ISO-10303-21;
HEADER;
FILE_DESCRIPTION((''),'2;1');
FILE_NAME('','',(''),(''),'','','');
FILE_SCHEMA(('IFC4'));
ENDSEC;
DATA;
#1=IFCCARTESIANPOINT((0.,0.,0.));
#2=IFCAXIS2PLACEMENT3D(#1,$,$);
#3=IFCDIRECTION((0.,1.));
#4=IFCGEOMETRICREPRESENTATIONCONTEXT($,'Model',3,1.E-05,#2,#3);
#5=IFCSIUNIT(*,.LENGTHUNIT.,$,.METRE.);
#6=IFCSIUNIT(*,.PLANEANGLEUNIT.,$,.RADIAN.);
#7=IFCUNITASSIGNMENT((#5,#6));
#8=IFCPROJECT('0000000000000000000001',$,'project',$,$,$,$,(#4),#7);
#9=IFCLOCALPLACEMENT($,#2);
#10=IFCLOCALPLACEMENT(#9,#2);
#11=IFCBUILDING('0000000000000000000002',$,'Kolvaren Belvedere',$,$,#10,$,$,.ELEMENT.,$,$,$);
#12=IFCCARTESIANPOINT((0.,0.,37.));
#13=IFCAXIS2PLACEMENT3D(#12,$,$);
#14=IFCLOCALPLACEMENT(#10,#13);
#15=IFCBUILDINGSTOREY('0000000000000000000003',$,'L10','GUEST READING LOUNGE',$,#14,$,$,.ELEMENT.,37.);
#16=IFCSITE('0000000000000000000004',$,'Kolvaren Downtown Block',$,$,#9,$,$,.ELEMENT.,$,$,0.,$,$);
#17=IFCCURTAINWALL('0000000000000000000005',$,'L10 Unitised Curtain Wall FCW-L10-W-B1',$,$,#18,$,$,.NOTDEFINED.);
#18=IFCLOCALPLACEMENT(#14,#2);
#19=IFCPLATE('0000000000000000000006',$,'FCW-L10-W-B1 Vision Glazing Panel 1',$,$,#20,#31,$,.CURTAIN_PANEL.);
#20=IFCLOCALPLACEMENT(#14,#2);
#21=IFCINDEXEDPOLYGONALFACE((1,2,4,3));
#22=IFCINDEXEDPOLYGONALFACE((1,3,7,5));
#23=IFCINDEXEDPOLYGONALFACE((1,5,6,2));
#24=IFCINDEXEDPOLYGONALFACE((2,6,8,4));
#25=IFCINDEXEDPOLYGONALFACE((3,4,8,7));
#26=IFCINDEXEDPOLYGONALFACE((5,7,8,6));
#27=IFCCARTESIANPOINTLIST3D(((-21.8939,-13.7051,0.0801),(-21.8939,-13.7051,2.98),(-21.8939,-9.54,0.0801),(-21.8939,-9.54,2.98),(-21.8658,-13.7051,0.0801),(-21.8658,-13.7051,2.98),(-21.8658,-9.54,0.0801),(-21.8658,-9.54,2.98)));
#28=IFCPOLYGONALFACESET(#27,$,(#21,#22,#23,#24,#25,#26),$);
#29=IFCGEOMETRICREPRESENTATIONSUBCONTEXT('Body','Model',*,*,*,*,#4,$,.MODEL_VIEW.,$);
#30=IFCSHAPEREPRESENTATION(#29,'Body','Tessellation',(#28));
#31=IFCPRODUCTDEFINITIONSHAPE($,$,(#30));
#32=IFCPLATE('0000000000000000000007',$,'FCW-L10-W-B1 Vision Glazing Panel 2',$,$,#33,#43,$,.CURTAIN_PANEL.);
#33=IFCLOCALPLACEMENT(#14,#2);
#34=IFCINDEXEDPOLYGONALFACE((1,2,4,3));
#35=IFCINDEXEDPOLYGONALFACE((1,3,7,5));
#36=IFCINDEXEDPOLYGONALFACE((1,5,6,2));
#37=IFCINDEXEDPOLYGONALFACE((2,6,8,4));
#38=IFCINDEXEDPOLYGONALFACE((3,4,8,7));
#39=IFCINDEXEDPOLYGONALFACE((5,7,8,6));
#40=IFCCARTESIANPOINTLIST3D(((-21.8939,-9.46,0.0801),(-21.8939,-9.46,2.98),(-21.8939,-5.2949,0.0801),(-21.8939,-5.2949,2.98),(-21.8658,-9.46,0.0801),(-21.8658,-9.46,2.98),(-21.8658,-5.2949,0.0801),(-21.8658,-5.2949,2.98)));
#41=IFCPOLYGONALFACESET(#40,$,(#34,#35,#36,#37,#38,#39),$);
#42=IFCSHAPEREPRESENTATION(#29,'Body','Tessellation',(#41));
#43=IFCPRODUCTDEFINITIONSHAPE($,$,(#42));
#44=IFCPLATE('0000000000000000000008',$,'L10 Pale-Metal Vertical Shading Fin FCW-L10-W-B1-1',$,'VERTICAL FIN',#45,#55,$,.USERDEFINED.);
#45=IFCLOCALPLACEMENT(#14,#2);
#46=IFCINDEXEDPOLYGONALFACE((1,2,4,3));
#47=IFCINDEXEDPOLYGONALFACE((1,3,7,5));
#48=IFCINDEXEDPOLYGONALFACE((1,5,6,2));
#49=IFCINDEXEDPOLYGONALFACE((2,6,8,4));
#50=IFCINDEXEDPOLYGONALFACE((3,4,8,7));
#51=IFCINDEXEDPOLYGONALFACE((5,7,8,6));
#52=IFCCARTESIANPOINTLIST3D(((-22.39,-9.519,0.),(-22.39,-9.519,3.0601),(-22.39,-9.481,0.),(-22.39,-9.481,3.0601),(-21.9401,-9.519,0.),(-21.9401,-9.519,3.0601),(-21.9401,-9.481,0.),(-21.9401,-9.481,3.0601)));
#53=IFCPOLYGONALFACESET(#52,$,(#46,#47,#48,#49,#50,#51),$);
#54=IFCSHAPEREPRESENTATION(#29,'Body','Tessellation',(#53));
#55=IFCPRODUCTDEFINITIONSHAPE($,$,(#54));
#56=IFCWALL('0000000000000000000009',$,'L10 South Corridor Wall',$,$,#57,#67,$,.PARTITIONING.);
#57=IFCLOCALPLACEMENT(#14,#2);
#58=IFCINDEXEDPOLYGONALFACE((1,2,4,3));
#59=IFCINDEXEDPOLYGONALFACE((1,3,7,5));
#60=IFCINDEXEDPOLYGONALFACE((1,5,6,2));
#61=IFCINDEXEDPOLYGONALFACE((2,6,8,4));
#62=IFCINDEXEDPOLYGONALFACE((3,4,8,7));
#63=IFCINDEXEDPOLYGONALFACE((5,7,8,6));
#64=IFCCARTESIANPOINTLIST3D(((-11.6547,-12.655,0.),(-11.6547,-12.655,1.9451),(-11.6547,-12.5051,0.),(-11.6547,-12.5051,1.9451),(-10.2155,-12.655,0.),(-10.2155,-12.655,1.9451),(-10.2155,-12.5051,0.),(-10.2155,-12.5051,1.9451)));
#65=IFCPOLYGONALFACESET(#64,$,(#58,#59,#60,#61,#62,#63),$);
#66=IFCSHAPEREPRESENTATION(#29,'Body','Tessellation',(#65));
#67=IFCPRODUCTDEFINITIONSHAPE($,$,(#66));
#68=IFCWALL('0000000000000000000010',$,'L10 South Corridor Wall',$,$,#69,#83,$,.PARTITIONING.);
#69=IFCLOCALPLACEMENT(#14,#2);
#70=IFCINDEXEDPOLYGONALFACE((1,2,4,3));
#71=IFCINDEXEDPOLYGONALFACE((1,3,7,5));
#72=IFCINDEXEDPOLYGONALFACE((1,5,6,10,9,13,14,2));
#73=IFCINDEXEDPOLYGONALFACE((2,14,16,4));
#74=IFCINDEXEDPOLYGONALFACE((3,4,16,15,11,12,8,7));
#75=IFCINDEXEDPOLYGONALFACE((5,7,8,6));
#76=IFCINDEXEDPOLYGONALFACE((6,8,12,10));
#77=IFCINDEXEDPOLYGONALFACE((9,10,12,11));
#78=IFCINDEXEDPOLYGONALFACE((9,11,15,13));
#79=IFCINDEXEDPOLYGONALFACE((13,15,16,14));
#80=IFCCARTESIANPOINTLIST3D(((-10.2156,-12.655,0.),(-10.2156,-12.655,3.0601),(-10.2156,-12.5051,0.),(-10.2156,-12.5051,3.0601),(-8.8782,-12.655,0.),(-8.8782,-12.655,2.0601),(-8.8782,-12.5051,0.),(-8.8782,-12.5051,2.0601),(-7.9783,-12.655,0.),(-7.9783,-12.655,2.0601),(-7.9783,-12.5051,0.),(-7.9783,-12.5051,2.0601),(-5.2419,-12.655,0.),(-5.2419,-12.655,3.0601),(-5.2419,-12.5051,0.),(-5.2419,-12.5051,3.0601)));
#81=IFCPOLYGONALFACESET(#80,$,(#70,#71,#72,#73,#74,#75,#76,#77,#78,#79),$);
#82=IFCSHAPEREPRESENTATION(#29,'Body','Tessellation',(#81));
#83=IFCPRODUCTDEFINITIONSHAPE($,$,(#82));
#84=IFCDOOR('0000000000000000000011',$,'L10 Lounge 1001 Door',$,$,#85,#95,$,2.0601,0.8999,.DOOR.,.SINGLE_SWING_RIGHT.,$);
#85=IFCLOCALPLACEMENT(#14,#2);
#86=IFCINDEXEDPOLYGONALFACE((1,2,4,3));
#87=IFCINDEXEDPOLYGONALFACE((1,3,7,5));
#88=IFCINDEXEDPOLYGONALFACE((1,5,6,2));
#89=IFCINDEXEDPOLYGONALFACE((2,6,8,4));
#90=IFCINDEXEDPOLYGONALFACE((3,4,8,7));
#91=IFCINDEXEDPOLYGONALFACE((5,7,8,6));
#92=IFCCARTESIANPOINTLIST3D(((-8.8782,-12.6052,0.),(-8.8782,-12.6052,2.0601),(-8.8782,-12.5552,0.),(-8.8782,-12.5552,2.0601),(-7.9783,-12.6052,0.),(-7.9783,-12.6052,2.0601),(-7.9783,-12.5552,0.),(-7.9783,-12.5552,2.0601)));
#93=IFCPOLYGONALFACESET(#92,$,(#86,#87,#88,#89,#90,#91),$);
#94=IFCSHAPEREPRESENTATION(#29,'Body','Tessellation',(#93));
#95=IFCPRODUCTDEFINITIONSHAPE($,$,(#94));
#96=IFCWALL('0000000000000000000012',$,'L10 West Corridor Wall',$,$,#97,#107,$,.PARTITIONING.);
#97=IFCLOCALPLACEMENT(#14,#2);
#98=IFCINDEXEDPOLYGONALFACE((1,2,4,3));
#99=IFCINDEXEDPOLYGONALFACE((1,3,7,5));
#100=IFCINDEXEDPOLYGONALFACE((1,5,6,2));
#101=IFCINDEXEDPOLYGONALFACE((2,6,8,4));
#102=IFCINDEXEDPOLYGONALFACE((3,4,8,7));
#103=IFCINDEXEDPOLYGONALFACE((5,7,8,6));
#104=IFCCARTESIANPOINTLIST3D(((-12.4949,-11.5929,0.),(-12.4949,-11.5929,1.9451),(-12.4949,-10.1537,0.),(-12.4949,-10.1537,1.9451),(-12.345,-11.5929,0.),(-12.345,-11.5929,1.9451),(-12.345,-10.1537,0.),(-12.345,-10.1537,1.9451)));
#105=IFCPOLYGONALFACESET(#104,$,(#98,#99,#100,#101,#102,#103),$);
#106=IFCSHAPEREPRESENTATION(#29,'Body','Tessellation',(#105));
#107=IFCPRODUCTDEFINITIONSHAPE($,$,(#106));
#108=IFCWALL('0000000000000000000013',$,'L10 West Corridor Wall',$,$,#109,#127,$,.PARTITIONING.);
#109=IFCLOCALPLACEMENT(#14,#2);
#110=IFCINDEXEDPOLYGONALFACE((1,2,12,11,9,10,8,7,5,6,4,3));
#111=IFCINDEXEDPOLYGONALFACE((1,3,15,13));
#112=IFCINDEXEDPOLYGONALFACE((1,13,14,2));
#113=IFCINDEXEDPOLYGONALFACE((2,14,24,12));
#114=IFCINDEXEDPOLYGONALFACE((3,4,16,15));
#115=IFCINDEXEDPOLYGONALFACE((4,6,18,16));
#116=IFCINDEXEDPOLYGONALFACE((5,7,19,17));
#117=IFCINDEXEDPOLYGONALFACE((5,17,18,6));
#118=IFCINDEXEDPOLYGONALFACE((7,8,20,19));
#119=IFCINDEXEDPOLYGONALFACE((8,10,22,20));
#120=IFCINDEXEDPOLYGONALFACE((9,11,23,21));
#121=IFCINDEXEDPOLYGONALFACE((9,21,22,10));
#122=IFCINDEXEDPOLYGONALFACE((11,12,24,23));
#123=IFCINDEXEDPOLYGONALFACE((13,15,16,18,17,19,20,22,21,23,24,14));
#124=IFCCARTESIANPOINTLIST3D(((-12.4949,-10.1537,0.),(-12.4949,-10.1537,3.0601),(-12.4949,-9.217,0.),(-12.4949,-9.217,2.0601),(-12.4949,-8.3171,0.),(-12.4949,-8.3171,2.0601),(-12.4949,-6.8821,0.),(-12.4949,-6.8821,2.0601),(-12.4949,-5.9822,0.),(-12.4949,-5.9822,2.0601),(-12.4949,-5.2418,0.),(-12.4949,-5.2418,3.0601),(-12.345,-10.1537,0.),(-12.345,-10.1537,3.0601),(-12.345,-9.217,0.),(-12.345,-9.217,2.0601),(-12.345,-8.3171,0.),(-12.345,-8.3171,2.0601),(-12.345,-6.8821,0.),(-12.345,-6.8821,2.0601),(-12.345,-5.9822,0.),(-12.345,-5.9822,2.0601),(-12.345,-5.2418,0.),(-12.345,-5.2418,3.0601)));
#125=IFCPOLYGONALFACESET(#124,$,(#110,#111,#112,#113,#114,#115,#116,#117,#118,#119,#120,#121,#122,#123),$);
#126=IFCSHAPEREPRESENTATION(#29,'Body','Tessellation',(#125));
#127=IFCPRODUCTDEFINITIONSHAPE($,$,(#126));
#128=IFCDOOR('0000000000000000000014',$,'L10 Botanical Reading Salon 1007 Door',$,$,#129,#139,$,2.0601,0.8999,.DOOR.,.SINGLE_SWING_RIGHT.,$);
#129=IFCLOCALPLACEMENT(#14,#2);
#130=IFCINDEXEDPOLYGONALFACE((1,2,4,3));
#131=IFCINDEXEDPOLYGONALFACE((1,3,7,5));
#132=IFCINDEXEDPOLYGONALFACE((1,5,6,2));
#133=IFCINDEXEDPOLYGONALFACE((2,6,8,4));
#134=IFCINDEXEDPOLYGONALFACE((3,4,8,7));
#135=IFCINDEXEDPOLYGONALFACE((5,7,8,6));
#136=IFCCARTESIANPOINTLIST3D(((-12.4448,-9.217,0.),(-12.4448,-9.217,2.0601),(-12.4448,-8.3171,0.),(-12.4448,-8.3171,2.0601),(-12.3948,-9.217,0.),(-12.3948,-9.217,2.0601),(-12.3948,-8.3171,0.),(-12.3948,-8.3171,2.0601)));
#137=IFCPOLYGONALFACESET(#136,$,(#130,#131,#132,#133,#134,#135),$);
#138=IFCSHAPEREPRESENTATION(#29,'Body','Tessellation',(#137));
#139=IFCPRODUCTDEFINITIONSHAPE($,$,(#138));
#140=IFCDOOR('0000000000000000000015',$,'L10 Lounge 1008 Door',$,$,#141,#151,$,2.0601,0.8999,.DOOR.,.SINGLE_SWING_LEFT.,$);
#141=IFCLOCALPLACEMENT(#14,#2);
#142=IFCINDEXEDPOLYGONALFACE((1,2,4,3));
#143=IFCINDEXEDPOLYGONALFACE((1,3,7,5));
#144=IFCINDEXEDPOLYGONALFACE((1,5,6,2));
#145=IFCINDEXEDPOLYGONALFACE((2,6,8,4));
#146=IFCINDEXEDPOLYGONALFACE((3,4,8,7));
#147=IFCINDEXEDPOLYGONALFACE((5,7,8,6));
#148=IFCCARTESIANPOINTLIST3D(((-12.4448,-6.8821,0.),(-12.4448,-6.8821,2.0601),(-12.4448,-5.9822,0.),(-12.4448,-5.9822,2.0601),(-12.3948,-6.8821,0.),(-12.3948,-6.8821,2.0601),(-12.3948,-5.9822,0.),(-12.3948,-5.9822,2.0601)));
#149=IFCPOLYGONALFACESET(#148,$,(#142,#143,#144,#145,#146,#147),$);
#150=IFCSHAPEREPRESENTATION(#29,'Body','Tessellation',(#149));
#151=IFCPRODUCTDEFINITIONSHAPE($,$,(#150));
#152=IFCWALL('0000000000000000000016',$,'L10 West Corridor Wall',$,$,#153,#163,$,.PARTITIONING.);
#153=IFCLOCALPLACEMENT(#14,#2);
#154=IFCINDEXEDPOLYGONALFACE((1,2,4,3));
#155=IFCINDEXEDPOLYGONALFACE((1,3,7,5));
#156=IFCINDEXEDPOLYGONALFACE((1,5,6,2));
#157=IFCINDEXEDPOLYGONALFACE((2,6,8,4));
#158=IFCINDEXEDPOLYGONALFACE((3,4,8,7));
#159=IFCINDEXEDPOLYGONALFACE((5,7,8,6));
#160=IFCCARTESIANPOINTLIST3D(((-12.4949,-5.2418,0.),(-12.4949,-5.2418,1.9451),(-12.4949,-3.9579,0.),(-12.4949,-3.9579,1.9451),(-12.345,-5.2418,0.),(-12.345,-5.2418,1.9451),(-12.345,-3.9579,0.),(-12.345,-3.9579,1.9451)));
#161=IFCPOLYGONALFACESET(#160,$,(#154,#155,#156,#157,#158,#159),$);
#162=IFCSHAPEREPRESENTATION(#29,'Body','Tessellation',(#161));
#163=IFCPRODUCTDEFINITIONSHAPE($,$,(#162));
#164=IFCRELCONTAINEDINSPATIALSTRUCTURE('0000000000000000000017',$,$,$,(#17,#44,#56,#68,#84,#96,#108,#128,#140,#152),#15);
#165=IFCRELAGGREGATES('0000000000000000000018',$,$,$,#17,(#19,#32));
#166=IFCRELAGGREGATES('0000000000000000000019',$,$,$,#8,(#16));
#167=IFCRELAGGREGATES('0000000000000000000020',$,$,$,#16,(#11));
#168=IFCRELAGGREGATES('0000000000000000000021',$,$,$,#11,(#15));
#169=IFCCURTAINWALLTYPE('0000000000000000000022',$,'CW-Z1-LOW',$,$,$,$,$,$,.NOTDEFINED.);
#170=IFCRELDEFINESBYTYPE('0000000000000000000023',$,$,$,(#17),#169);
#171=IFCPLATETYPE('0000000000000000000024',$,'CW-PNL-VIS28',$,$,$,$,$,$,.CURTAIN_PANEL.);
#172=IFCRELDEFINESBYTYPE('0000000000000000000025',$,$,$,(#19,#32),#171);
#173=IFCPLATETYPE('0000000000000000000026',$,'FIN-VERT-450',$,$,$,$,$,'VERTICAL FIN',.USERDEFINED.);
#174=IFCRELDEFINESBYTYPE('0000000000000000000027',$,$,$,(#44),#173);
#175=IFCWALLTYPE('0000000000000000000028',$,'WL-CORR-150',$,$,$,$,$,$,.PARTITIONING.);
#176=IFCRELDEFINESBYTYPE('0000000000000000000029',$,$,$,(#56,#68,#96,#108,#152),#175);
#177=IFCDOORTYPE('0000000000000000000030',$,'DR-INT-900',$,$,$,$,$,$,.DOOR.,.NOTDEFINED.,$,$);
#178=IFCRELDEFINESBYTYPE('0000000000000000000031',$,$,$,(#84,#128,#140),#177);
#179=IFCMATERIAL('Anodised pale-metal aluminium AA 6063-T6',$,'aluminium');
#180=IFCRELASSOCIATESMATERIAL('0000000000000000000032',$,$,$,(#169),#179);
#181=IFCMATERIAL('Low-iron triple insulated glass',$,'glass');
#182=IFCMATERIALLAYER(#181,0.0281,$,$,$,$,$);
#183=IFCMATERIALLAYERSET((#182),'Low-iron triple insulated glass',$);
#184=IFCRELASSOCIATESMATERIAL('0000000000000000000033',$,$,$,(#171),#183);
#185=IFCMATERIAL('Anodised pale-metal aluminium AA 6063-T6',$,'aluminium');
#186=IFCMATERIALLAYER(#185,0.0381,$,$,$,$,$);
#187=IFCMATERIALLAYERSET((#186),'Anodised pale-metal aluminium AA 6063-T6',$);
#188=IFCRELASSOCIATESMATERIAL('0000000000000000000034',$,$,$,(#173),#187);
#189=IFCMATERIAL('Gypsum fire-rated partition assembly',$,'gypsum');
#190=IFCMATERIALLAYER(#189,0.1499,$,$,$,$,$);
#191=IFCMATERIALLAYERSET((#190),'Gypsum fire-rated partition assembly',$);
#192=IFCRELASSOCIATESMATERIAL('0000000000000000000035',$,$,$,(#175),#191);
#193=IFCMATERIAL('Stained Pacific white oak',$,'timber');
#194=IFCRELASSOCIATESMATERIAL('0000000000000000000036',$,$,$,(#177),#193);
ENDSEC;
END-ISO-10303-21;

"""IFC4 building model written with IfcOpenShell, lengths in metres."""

from ifc_helpers import new_model, si_unit, direction, frame, frame_2d, origin, origin_2d, place, context, subcontext, project, spatial, rectangle, extrude, material, layer, layer_set, type_object, element, fill, aggregate, save


model = new_model("IFC4")

# Units and contexts
model_context = context("Model", 3, precision=1e-05, world=origin(), true_north=direction((0.0, 1.0)))
body_context = subcontext(model_context, "Body", "Model", "MODEL_VIEW")
ifc_project = project(units=[si_unit("LENGTHUNIT", "METRE"), si_unit("PLANEANGLEUNIT", "RADIAN")], contexts=[model_context])

# Site, building, storey
site_placement = place(None, origin())
site = spatial("IfcSite", under=ifc_project, at=site_placement, Name="Kolvaren Downtown Block", CompositionType="ELEMENT", RefElevation=0.0)
building_placement = place(site_placement, origin())
building = spatial("IfcBuilding", under=site, at=building_placement, Name="Kolvaren Belvedere", CompositionType="ELEMENT")
storey_placement = place(building_placement, frame((0.0, 0.0, 37.0)))
storey = spatial("IfcBuildingStorey", under=building, at=storey_placement, Name="L10", Description="GUEST READING LOUNGE", CompositionType="ELEMENT", Elevation=37.0)

# Curtain wall
ifc_material_1 = material(Name="Anodised pale-metal aluminium AA 6063-T6", Category="aluminium")
curtain_wall_type = type_object("IfcCurtainWallType", Name="CW-Z1-LOW", PredefinedType="NOTDEFINED", material=ifc_material_1)
curtain_wall_1_placement = place(storey_placement, origin())
curtain_wall_1 = element("IfcCurtainWall", 1, at=curtain_wall_1_placement, inside=storey, type_object=curtain_wall_type, Name="L10 Unitised Curtain Wall FCW-L10-W-B1", PredefinedType="NOTDEFINED")

# Plates
ifc_material_2 = material(Name="Low-iron triple insulated glass", Category="glass")
ifc_layer_1 = layer(ifc_material_2, 0.0281)
ifc_layer_set_1 = layer_set([ifc_layer_1], Name="Low-iron triple insulated glass")
plate_type_1 = type_object("IfcPlateType", Name="CW-PNL-VIS28", PredefinedType="CURTAIN_PANEL", material=ifc_layer_set_1)
plate_1_placement = place(storey_placement, frame((-21.8799, -11.6226, 0.0801), z_axis=(0.0, 0.0, 1.0), x_axis=(0.0, 1.0, 0.0)))
plate_1 = element("IfcPlate", 2, at=plate_1_placement, type_object=plate_type_1, Name="FCW-L10-W-B1 Vision Glazing Panel 1", PredefinedType="CURTAIN_PANEL", context=body_context, shape_type="SweptSolid", body=[
    extrude(rectangle(XDim=4.165, YDim=0.0281, at=origin_2d()), origin(), (0.0, 0.0, 1.0), 2.8999),
])
plate_2_placement = place(storey_placement, frame((-21.8799, -7.3774, 0.0801), z_axis=(0.0, 0.0, 1.0), x_axis=(0.0, 1.0, 0.0)))
plate_2 = element("IfcPlate", 3, at=plate_2_placement, type_object=plate_type_1, Name="FCW-L10-W-B1 Vision Glazing Panel 2", PredefinedType="CURTAIN_PANEL", context=body_context, shape_type="SweptSolid", body=[
    extrude(rectangle(XDim=4.165, YDim=0.0281, at=origin_2d()), origin(), (0.0, 0.0, 1.0), 2.8999),
])
aggregate(curtain_wall_1, [plate_1, plate_2])
ifc_material_3 = material(Name="Anodised pale-metal aluminium AA 6063-T6", Category="aluminium")
ifc_layer_2 = layer(ifc_material_3, 0.0381)
ifc_layer_set_2 = layer_set([ifc_layer_2], Name="Anodised pale-metal aluminium AA 6063-T6")
plate_type_2 = type_object("IfcPlateType", Name="FIN-VERT-450", ElementType="VERTICAL FIN", PredefinedType="USERDEFINED", material=ifc_layer_set_2)
plate_3_placement = place(storey_placement, frame((-22.165, -9.5, 0.0), z_axis=(0.0, 0.0, 1.0), x_axis=(1.0, 0.0, 0.0)))
element("IfcPlate", 4, at=plate_3_placement, inside=storey, type_object=plate_type_2, Name="L10 Pale-Metal Vertical Shading Fin FCW-L10-W-B1-1", ObjectType="VERTICAL FIN", PredefinedType="USERDEFINED", context=body_context, shape_type="SweptSolid", body=[
    extrude(rectangle(XDim=0.45, YDim=0.0381, at=origin_2d()), origin(), (0.0, 0.0, 1.0), 3.0601),
])

# Wall
ifc_material_4 = material(Name="Gypsum fire-rated partition assembly", Category="gypsum")
ifc_layer_3 = layer(ifc_material_4, 0.1499)
ifc_layer_set_3 = layer_set([ifc_layer_3], Name="Gypsum fire-rated partition assembly")
wall_type_1 = type_object("IfcWallType", Name="WL-CORR-150", PredefinedType="PARTITIONING", material=ifc_layer_set_3)
wall_1_placement = place(storey_placement, frame((-11.6548, -12.5801, 0.0), z_axis=(0.0, 0.0, 1.0), x_axis=(1.0, 0.0, 0.0)))
element("IfcWall", 5, at=wall_1_placement, inside=storey, type_object=wall_type_1, Name="L10 South Corridor Wall", PredefinedType="PARTITIONING", context=body_context, shape_type="SweptSolid", body=[
    extrude(rectangle(XDim=1.4392, YDim=0.1499, at=frame_2d((0.7197, 0.0))), origin(), (0.0, 0.0, 1.0), 1.9451),
])

# Wall, opening, door
wall_2_placement = place(storey_placement, frame((-10.2156, -12.5801, 0.0), z_axis=(0.0, 0.0, 1.0), x_axis=(1.0, 0.0, 0.0)))
wall_2 = element("IfcWall", 6, at=wall_2_placement, inside=storey, type_object=wall_type_1, Name="L10 South Corridor Wall", PredefinedType="PARTITIONING", context=body_context, shape_type="SweptSolid", body=[
    extrude(rectangle(XDim=4.9736, YDim=0.1499, at=frame_2d((2.4868, 0.0))), origin(), (0.0, 0.0, 1.0), 3.0601),
])
opening_1_placement = place(wall_2_placement, frame((1.3374, 0.0, 0.0)))
opening_1 = element("IfcOpeningElement", 7, at=opening_1_placement, cuts=wall_2, PredefinedType="OPENING", context=body_context, shape_type="SweptSolid", body=[
    extrude(rectangle(XDim=0.8999, YDim=2.0601, at=frame_2d((0.45, 1.03))), frame((0.0, 0.085, 0.0), z_axis=(0.0, -1.0, 0.0), x_axis=(1.0, 0.0, 0.0)), (0.0, 0.0, 1.0), 0.1699),
])
ifc_material_5 = material(Name="Stained Pacific white oak", Category="timber")
door_type_1 = type_object("IfcDoorType", Name="DR-INT-900", OperationType="NOTDEFINED", PredefinedType="DOOR", material=ifc_material_5)
door_1_placement = place(opening_1_placement, origin())
door_1 = element("IfcDoor", 8, at=door_1_placement, inside=storey, type_object=door_type_1, Name="L10 Lounge 1001 Door", OperationType="SINGLE_SWING_RIGHT", OverallHeight=2.0601, OverallWidth=0.8999, PredefinedType="DOOR", context=body_context, shape_type="SweptSolid", body=[
    extrude(rectangle(XDim=0.8999, YDim=2.0601, at=frame_2d((0.45, 1.03))), frame((0.0, 0.0249, 0.0), z_axis=(0.0, -1.0, 0.0), x_axis=(1.0, 0.0, 0.0)), (0.0, 0.0, 1.0), 0.05),
])
fill(opening_1, door_1)

# Wall
wall_3_placement = place(storey_placement, frame((-12.4199, -11.593, 0.0), z_axis=(0.0, 0.0, 1.0), x_axis=(0.0, 1.0, 0.0)))
element("IfcWall", 9, at=wall_3_placement, inside=storey, type_object=wall_type_1, Name="L10 West Corridor Wall", PredefinedType="PARTITIONING", context=body_context, shape_type="SweptSolid", body=[
    extrude(rectangle(XDim=1.4392, YDim=0.1499, at=frame_2d((0.7197, 0.0))), origin(), (0.0, 0.0, 1.0), 1.9451),
])

# Wall, openings, doors
wall_4_placement = place(storey_placement, frame((-12.4199, -10.1538, 0.0), z_axis=(0.0, 0.0, 1.0), x_axis=(0.0, 1.0, 0.0)))
wall_4 = element("IfcWall", 10, at=wall_4_placement, inside=storey, type_object=wall_type_1, Name="L10 West Corridor Wall", PredefinedType="PARTITIONING", context=body_context, shape_type="SweptSolid", body=[
    extrude(rectangle(XDim=4.9119, YDim=0.1499, at=frame_2d((2.4561, 0.0))), origin(), (0.0, 0.0, 1.0), 3.0601),
])
opening_2_placement = place(wall_4_placement, frame((0.9368, 0.0, 0.0)))
opening_2 = element("IfcOpeningElement", 11, at=opening_2_placement, cuts=wall_4, PredefinedType="OPENING", context=body_context, shape_type="SweptSolid", body=[
    extrude(rectangle(XDim=0.8999, YDim=2.0601, at=frame_2d((0.45, 1.03))), frame((0.0, 0.085, 0.0), z_axis=(0.0, -1.0, 0.0), x_axis=(1.0, 0.0, 0.0)), (0.0, 0.0, 1.0), 0.1699),
])
opening_3_placement = place(wall_4_placement, frame((3.2717, 0.0, 0.0)))
opening_3 = element("IfcOpeningElement", 12, at=opening_3_placement, cuts=wall_4, PredefinedType="OPENING", context=body_context, shape_type="SweptSolid", body=[
    extrude(rectangle(XDim=0.8999, YDim=2.0601, at=frame_2d((0.45, 1.03))), frame((0.0, 0.085, 0.0), z_axis=(0.0, -1.0, 0.0), x_axis=(1.0, 0.0, 0.0)), (0.0, 0.0, 1.0), 0.1699),
])
door_2_placement = place(opening_2_placement, origin())
door_2 = element("IfcDoor", 13, at=door_2_placement, inside=storey, type_object=door_type_1, Name="L10 Botanical Reading Salon 1007 Door", OperationType="SINGLE_SWING_RIGHT", OverallHeight=2.0601, OverallWidth=0.8999, PredefinedType="DOOR", context=body_context, shape_type="SweptSolid", body=[
    extrude(rectangle(XDim=0.8999, YDim=2.0601, at=frame_2d((0.45, 1.03))), frame((0.0, 0.0249, 0.0), z_axis=(0.0, -1.0, 0.0), x_axis=(1.0, 0.0, 0.0)), (0.0, 0.0, 1.0), 0.05),
])
fill(opening_2, door_2)
door_3_placement = place(opening_3_placement, origin())
door_3 = element("IfcDoor", 14, at=door_3_placement, inside=storey, type_object=door_type_1, Name="L10 Lounge 1008 Door", OperationType="SINGLE_SWING_LEFT", OverallHeight=2.0601, OverallWidth=0.8999, PredefinedType="DOOR", context=body_context, shape_type="SweptSolid", body=[
    extrude(rectangle(XDim=0.8999, YDim=2.0601, at=frame_2d((0.45, 1.03))), frame((0.0, 0.0249, 0.0), z_axis=(0.0, -1.0, 0.0), x_axis=(1.0, 0.0, 0.0)), (0.0, 0.0, 1.0), 0.05),
])
fill(opening_3, door_3)

# Wall
wall_5_placement = place(storey_placement, frame((-12.4199, -5.2419, 0.0), z_axis=(0.0, 0.0, 1.0), x_axis=(0.0, 1.0, 0.0)))
element("IfcWall", 15, at=wall_5_placement, inside=storey, type_object=wall_type_1, Name="L10 West Corridor Wall", PredefinedType="PARTITIONING", context=body_context, shape_type="SweptSolid", body=[
    extrude(rectangle(XDim=1.2839, YDim=0.1499, at=frame_2d((0.6421, 0.0))), origin(), (0.0, 0.0, 1.0), 1.9451),
])

save(model, "model.ifc")
